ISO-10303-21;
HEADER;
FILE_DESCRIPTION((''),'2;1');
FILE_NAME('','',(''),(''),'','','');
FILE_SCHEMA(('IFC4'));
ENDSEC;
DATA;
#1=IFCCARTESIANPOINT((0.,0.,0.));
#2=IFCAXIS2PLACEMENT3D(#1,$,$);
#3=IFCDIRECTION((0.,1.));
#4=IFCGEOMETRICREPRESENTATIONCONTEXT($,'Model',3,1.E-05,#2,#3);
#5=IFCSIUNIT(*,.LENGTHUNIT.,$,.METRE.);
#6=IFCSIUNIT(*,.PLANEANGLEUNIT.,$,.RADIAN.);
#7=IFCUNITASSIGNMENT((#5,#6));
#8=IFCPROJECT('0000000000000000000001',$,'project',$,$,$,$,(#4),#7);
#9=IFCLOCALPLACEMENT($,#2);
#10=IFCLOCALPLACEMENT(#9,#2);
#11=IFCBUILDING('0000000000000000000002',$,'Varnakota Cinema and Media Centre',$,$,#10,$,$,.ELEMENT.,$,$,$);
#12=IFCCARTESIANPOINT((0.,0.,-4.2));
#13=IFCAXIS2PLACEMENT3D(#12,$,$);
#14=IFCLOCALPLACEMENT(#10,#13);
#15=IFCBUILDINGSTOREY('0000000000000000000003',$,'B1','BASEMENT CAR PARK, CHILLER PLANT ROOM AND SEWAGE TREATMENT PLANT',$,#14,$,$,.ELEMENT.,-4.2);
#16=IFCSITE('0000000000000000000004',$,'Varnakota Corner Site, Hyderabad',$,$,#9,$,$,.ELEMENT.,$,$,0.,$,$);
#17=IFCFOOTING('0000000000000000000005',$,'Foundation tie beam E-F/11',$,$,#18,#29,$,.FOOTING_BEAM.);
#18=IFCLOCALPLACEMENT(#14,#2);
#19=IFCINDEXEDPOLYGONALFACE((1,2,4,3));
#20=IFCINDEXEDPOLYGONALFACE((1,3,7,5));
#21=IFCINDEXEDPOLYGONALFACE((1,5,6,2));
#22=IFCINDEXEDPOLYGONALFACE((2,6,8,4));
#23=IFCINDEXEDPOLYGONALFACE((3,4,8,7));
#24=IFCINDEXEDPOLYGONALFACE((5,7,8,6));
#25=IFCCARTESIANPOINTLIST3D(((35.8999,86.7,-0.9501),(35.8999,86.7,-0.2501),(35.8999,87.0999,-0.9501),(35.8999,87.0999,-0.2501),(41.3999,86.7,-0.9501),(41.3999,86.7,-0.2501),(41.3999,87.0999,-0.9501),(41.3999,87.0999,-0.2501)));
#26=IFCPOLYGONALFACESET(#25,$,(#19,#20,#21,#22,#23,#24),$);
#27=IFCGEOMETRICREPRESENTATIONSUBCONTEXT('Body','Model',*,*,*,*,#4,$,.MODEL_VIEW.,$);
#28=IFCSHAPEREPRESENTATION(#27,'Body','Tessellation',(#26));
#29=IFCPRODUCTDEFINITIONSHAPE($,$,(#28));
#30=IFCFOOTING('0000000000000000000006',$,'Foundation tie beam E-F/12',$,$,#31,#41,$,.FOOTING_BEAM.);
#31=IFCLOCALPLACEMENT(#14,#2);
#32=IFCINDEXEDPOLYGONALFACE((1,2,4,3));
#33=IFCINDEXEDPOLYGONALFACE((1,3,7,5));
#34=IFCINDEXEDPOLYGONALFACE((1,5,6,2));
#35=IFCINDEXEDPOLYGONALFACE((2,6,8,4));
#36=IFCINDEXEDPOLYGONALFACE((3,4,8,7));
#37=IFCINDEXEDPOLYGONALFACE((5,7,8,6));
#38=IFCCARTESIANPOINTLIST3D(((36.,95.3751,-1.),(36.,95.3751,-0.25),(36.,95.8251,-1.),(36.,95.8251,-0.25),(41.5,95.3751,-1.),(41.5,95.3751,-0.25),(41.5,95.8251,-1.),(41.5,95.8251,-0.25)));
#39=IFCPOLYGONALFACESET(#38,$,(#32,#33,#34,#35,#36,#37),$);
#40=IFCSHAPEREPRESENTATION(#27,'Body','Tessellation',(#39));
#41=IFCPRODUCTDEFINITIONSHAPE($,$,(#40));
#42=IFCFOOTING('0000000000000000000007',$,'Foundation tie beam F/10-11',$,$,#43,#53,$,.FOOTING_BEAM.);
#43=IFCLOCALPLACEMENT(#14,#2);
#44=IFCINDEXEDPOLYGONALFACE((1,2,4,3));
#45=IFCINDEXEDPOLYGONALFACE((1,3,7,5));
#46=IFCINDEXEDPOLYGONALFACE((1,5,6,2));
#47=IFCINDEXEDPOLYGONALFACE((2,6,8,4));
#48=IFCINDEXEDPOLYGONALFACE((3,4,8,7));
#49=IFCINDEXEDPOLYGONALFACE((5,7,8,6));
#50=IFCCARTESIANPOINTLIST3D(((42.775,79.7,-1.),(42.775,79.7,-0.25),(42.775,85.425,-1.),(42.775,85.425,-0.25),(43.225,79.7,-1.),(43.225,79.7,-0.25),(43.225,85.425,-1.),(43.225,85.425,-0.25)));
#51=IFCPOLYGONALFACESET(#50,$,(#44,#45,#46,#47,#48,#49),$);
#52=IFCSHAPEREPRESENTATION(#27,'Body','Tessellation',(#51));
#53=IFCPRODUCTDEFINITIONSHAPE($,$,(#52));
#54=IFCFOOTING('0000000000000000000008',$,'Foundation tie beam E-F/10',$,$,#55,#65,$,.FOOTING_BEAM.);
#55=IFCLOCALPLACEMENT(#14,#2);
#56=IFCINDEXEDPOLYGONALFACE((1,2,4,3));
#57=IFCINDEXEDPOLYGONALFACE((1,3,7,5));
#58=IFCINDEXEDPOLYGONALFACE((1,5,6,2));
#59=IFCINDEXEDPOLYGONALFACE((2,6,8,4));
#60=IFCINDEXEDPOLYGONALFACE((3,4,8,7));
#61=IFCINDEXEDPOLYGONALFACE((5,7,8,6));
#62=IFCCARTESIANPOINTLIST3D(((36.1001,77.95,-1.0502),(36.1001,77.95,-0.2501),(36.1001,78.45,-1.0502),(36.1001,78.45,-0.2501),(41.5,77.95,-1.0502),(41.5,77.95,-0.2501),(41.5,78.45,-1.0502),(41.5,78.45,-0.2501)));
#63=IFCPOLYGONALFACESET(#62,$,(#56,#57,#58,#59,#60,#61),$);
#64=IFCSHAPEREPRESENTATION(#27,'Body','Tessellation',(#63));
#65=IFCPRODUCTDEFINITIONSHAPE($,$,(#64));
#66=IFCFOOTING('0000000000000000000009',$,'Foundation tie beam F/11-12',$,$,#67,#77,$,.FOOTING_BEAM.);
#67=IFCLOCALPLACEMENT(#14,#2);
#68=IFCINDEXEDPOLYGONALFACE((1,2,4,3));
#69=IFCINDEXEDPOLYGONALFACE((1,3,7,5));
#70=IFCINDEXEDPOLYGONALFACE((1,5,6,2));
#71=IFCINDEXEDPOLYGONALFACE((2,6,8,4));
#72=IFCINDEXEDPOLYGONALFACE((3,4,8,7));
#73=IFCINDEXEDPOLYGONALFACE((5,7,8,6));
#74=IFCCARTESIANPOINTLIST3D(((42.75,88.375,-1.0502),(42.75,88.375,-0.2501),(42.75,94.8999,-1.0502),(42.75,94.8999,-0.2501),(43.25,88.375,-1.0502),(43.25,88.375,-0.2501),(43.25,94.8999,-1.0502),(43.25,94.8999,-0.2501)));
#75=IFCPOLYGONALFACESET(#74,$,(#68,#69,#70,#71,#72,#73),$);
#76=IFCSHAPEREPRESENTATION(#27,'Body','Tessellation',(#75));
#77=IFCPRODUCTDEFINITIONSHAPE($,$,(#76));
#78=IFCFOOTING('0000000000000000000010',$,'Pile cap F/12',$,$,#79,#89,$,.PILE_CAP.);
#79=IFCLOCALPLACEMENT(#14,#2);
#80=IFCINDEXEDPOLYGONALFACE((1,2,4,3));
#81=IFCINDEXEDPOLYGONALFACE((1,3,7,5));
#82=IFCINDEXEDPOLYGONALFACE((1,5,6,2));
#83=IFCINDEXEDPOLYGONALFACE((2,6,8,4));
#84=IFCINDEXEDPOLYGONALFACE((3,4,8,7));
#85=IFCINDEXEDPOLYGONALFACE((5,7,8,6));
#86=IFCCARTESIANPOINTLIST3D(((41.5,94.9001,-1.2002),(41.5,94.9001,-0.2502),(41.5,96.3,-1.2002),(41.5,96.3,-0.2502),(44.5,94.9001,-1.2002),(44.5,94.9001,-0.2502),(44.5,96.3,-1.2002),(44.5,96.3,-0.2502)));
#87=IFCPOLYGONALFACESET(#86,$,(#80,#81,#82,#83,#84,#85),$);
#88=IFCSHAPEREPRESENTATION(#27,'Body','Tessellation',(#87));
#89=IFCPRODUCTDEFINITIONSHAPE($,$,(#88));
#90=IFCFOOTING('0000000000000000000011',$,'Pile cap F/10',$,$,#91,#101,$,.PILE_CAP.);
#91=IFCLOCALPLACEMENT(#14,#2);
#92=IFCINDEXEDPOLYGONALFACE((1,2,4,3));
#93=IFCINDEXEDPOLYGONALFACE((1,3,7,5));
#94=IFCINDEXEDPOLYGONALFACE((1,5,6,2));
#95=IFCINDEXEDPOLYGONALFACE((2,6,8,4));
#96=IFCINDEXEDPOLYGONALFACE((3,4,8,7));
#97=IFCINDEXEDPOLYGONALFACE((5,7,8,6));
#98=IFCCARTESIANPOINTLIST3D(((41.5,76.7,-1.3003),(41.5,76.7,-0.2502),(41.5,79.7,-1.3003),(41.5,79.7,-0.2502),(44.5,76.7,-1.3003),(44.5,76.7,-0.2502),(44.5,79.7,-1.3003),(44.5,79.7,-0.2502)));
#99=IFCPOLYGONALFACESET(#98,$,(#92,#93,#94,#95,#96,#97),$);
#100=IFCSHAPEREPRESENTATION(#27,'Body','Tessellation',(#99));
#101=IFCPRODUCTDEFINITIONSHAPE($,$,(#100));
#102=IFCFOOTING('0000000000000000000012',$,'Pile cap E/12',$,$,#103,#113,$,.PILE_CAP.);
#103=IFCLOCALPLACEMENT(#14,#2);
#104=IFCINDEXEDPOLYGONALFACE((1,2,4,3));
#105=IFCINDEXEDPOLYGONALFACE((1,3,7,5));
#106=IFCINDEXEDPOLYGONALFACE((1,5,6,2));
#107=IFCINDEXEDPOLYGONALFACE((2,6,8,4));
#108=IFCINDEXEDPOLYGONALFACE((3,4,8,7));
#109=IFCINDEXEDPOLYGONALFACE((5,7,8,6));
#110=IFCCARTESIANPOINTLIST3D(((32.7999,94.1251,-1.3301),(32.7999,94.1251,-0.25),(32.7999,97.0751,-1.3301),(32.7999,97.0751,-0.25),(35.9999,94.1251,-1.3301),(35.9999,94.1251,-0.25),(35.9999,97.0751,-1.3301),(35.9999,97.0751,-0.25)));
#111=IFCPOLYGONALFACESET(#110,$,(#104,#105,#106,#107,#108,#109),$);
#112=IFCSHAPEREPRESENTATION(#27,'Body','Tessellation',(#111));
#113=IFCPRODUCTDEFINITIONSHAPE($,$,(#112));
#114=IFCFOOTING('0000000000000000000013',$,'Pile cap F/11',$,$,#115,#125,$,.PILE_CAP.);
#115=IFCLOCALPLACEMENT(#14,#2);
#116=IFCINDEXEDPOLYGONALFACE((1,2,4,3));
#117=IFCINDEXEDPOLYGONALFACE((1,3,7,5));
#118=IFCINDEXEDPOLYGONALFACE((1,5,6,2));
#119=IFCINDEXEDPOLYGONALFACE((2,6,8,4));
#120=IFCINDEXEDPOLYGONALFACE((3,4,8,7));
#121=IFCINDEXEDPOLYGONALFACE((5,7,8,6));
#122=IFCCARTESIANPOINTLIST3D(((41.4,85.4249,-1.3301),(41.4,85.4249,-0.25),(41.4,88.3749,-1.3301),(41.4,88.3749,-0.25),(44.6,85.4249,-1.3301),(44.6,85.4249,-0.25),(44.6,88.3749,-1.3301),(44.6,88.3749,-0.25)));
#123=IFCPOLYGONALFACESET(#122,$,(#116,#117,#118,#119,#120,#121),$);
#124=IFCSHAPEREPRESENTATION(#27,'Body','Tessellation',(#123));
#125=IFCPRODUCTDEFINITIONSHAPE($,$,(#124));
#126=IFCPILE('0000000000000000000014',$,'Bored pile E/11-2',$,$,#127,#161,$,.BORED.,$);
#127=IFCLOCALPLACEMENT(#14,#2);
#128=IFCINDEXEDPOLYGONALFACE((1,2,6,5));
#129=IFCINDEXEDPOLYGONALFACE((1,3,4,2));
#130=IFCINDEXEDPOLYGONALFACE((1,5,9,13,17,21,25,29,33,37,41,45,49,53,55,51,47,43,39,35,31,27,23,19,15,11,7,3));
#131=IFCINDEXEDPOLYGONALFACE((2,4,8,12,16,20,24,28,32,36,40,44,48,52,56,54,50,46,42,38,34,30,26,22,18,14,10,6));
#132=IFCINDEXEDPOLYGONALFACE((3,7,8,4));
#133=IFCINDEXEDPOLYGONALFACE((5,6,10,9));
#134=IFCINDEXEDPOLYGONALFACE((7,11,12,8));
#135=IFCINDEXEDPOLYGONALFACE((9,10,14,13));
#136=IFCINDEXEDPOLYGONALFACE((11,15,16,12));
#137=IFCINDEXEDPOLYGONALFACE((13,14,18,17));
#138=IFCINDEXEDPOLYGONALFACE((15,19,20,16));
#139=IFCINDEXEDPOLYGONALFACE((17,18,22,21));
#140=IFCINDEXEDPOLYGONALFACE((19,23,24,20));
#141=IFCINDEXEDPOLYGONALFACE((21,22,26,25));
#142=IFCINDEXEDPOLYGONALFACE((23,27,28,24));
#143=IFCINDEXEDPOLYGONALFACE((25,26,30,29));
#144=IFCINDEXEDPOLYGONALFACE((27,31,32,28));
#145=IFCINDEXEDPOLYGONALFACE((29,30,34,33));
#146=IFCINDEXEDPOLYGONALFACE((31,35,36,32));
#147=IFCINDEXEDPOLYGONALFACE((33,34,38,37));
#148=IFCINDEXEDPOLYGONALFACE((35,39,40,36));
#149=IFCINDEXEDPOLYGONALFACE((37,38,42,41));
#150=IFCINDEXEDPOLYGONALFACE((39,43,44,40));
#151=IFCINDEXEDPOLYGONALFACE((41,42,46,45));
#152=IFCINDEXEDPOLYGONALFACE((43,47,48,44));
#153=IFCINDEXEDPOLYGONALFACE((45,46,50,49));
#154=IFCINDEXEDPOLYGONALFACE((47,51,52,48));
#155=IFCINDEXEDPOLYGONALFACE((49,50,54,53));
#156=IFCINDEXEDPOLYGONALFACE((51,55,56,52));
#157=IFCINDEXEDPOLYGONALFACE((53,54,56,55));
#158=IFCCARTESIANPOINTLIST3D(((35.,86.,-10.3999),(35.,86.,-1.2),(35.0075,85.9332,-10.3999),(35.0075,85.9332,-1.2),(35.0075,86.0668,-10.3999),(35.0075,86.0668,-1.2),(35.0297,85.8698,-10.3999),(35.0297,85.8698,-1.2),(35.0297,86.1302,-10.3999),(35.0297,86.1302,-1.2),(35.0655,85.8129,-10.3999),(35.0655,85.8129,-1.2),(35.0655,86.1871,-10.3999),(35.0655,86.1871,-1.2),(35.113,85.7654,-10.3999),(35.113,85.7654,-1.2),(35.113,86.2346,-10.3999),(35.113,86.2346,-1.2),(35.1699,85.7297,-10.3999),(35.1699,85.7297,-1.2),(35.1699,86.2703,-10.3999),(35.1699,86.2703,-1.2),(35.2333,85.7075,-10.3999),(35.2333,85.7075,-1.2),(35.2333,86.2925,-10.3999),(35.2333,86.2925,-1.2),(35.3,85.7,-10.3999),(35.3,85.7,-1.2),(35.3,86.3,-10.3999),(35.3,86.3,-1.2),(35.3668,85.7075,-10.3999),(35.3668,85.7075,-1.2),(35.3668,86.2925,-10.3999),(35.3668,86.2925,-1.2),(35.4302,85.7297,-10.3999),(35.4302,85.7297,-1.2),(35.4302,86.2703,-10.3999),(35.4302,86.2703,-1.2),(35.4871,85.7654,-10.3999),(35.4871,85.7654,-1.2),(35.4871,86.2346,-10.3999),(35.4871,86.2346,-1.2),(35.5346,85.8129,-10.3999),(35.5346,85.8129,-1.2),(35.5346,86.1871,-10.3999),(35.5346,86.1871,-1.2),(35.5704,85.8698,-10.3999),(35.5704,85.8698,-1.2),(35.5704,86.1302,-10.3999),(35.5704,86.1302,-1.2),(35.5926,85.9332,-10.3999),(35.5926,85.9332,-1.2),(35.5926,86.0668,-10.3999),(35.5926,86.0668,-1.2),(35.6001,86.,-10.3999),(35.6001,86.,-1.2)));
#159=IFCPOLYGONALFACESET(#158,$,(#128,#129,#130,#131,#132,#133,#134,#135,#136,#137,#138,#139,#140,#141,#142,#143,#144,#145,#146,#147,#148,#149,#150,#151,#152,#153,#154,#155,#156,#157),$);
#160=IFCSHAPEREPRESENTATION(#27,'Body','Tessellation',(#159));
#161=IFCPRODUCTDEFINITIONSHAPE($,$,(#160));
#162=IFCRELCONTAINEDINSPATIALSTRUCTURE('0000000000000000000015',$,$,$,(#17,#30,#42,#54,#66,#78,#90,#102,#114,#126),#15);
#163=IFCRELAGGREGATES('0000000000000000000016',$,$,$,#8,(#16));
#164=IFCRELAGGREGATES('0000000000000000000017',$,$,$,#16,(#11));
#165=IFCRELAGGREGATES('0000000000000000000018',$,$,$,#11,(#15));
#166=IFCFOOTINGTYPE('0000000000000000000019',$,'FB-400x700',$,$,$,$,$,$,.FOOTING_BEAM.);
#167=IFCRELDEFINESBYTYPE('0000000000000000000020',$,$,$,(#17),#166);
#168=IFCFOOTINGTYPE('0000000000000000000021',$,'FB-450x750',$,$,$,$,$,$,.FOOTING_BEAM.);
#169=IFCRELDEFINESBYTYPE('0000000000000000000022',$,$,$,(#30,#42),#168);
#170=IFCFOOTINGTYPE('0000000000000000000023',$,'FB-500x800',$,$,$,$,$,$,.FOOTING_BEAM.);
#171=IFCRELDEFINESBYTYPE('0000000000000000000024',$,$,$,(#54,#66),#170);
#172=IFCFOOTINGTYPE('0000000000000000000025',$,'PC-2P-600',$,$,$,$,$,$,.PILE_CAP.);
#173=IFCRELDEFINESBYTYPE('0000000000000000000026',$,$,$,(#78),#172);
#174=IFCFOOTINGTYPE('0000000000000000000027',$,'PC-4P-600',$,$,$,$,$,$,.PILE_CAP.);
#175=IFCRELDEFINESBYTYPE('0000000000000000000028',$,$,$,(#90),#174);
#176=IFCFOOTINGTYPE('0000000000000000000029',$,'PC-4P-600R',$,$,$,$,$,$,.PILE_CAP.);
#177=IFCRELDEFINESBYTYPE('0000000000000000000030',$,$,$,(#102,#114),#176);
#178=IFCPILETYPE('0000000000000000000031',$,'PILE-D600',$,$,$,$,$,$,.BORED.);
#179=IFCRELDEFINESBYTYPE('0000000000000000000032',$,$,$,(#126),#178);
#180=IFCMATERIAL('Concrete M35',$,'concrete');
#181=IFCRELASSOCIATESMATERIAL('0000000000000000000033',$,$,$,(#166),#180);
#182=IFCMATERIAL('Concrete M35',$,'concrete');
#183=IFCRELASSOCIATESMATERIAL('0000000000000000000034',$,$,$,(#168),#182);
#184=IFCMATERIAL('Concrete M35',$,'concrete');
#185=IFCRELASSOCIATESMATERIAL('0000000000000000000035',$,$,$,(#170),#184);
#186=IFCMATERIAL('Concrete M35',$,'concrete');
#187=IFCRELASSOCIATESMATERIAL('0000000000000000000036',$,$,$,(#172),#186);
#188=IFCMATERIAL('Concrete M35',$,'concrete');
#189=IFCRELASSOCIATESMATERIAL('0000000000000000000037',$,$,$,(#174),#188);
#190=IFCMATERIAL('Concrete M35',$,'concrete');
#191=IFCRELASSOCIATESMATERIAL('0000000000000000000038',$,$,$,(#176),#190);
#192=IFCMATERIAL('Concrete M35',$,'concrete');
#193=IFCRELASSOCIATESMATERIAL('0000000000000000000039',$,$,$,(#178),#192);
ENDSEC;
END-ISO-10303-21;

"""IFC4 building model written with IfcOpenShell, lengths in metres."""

from ifc_helpers import new_model, si_unit, direction, frame, origin, origin_2d, place, context, subcontext, project, spatial, rectangle, circle, extrude, material, material_profile, profile_set, type_object, element, save


model = new_model("IFC4")

# Units and contexts
model_context = context("Model", 3, precision=1e-05, world=origin(), true_north=direction((0.0, 1.0)))
body_context = subcontext(model_context, "Body", "Model", "MODEL_VIEW")
ifc_project = project(units=[si_unit("LENGTHUNIT", "METRE"), si_unit("PLANEANGLEUNIT", "RADIAN")], contexts=[model_context])

# Site, building, storey
site_placement = place(None, origin())
site = spatial("IfcSite", under=ifc_project, at=site_placement, Name="Varnakota Corner Site, Hyderabad", CompositionType="ELEMENT", RefElevation=0.0)
building_placement = place(site_placement, origin())
building = spatial("IfcBuilding", under=site, at=building_placement, Name="Varnakota Cinema and Media Centre", CompositionType="ELEMENT")
storey_placement = place(building_placement, frame((0.0, 0.0, -4.2)))
storey = spatial("IfcBuildingStorey", under=building, at=storey_placement, Name="B1", Description="BASEMENT CAR PARK, CHILLER PLANT ROOM AND SEWAGE TREATMENT PLANT", CompositionType="ELEMENT", Elevation=-4.2)

# Footings
ifc_material_1 = material(Name="Concrete M35", Category="concrete")
ifc_material_profile_1 = material_profile(ifc_material_1, rectangle(XDim=0.3999, YDim=0.7, at=origin_2d()), Name="FB 400x700")
ifc_profile_set_1 = profile_set([ifc_material_profile_1], Name="Concrete M35")
footing_type_1 = type_object("IfcFootingType", Name="FB-400x700", PredefinedType="FOOTING_BEAM", material=ifc_profile_set_1)
footing_1_placement = place(storey_placement, frame((35.8999, 86.8999, -0.6001), z_axis=(1.0, 0.0, 0.0), x_axis=(0.0, 1.0, 0.0)))
element("IfcFooting", 1, at=footing_1_placement, inside=storey, type_object=footing_type_1, Name="Foundation tie beam E-F/11", PredefinedType="FOOTING_BEAM", context=body_context, shape_type="SweptSolid", body=[
    extrude(rectangle(XDim=0.3999, YDim=0.7, at=origin_2d()), origin(), (0.0, 0.0, 1.0), 5.5),
])
ifc_material_2 = material(Name="Concrete M35", Category="concrete")
ifc_material_profile_2 = material_profile(ifc_material_2, rectangle(XDim=0.45, YDim=0.75, at=origin_2d()), Name="FB 450x750")
ifc_profile_set_2 = profile_set([ifc_material_profile_2], Name="Concrete M35")
footing_type_2 = type_object("IfcFootingType", Name="FB-450x750", PredefinedType="FOOTING_BEAM", material=ifc_profile_set_2)
footing_2_placement = place(storey_placement, frame((36.0, 95.6001, -0.625), z_axis=(1.0, 0.0, 0.0), x_axis=(0.0, 1.0, 0.0)))
element("IfcFooting", 2, at=footing_2_placement, inside=storey, type_object=footing_type_2, Name="Foundation tie beam E-F/12", PredefinedType="FOOTING_BEAM", context=body_context, shape_type="SweptSolid", body=[
    extrude(rectangle(XDim=0.45, YDim=0.75, at=origin_2d()), origin(), (0.0, 0.0, 1.0), 5.5),
])
footing_3_placement = place(storey_placement, frame((43.0, 79.7, -0.625), z_axis=(0.0, 1.0, 0.0), x_axis=(-1.0, 0.0, 0.0)))
element("IfcFooting", 3, at=footing_3_placement, inside=storey, type_object=footing_type_2, Name="Foundation tie beam F/10-11", PredefinedType="FOOTING_BEAM", context=body_context, shape_type="SweptSolid", body=[
    extrude(rectangle(XDim=0.45, YDim=0.75, at=origin_2d()), origin(), (0.0, 0.0, 1.0), 5.7251),
])
ifc_material_3 = material(Name="Concrete M35", Category="concrete")
ifc_material_profile_3 = material_profile(ifc_material_3, rectangle(XDim=0.5, YDim=0.8, at=origin_2d()), Name="FB 500x800")
ifc_profile_set_3 = profile_set([ifc_material_profile_3], Name="Concrete M35")
footing_type_3 = type_object("IfcFootingType", Name="FB-500x800", PredefinedType="FOOTING_BEAM", material=ifc_profile_set_3)
footing_4_placement = place(storey_placement, frame((36.1001, 78.2, -0.6501), z_axis=(1.0, 0.0, 0.0), x_axis=(0.0, 1.0, 0.0)))
element("IfcFooting", 4, at=footing_4_placement, inside=storey, type_object=footing_type_3, Name="Foundation tie beam E-F/10", PredefinedType="FOOTING_BEAM", context=body_context, shape_type="SweptSolid", body=[
    extrude(rectangle(XDim=0.5, YDim=0.8, at=origin_2d()), origin(), (0.0, 0.0, 1.0), 5.3999),
])
footing_5_placement = place(storey_placement, frame((43.0, 88.375, -0.6501), z_axis=(0.0, 1.0, 0.0), x_axis=(-1.0, 0.0, 0.0)))
element("IfcFooting", 5, at=footing_5_placement, inside=storey, type_object=footing_type_3, Name="Foundation tie beam F/11-12", PredefinedType="FOOTING_BEAM", context=body_context, shape_type="SweptSolid", body=[
    extrude(rectangle(XDim=0.5, YDim=0.8, at=origin_2d()), origin(), (0.0, 0.0, 1.0), 6.5249),
])
ifc_material_4 = material(Name="Concrete M35", Category="concrete")
footing_type_4 = type_object("IfcFootingType", Name="PC-2P-600", PredefinedType="PILE_CAP", material=ifc_material_4)
footing_6_placement = place(storey_placement, frame((43.0, 95.6001, -1.2002), z_axis=(0.0, 0.0, 1.0), x_axis=(1.0, 0.0, 0.0)))
element("IfcFooting", 6, at=footing_6_placement, inside=storey, type_object=footing_type_4, Name="Pile cap F/12", PredefinedType="PILE_CAP", context=body_context, shape_type="SweptSolid", body=[
    extrude(rectangle(XDim=3.0, YDim=1.3999, at=origin_2d()), origin(), (0.0, 0.0, 1.0), 0.95),
])
ifc_material_5 = material(Name="Concrete M35", Category="concrete")
footing_type_5 = type_object("IfcFootingType", Name="PC-4P-600", PredefinedType="PILE_CAP", material=ifc_material_5)
footing_7_placement = place(storey_placement, frame((43.0, 78.2, -1.3003), z_axis=(0.0, 0.0, 1.0), x_axis=(1.0, 0.0, 0.0)))
element("IfcFooting", 7, at=footing_7_placement, inside=storey, type_object=footing_type_5, Name="Pile cap F/10", PredefinedType="PILE_CAP", context=body_context, shape_type="SweptSolid", body=[
    extrude(rectangle(XDim=3.0, YDim=3.0, at=origin_2d()), origin(), (0.0, 0.0, 1.0), 1.05),
])
ifc_material_6 = material(Name="Concrete M35", Category="concrete")
footing_type_6 = type_object("IfcFootingType", Name="PC-4P-600R", PredefinedType="PILE_CAP", material=ifc_material_6)
for number, where, z_axis, x_axis, name in (
    (8, (34.3999, 95.6001, -1.3301), (0.0, 0.0, 1.0), (1.0, 0.0, 0.0), "Pile cap E/12"),
    (9, (43.0, 86.8999, -1.3301), (0.0, 0.0, 1.0), (1.0, 0.0, 0.0), "Pile cap F/11"),
):
    element("IfcFooting", number, at=place(storey_placement, frame(where, z_axis=z_axis, x_axis=x_axis)), inside=storey, type_object=footing_type_6, Name=name, PredefinedType="PILE_CAP", context=body_context, shape_type="SweptSolid", body=[
        extrude(rectangle(XDim=3.2, YDim=2.95, at=origin_2d()), origin(), (0.0, 0.0, 1.0), 1.0801),
    ])

# Pile
ifc_material_7 = material(Name="Concrete M35", Category="concrete")
ifc_material_profile_4 = material_profile(ifc_material_7, circle(Radius=0.3, at=origin_2d()), Name="PILE D600")
ifc_profile_set_4 = profile_set([ifc_material_profile_4], Name="Concrete M35")
pile_type = type_object("IfcPileType", Name="PILE-D600", PredefinedType="BORED", material=ifc_profile_set_4)
for number, where, z_axis, x_axis, name in (
    (10, (35.3, 86.0, -1.2), (0.0, 0.0, -1.0), (1.0, 0.0, 0.0), "Bored pile E/11-2"),
):
    element("IfcPile", number, at=place(storey_placement, frame(where, z_axis=z_axis, x_axis=x_axis)), inside=storey, type_object=pile_type, Name=name, PredefinedType="BORED", context=body_context, shape_type="SweptSolid", body=[
        extrude(circle(Radius=0.3, at=origin_2d()), origin(), (0.0, 0.0, 1.0), 9.2),
    ])

save(model, "model.ifc")
